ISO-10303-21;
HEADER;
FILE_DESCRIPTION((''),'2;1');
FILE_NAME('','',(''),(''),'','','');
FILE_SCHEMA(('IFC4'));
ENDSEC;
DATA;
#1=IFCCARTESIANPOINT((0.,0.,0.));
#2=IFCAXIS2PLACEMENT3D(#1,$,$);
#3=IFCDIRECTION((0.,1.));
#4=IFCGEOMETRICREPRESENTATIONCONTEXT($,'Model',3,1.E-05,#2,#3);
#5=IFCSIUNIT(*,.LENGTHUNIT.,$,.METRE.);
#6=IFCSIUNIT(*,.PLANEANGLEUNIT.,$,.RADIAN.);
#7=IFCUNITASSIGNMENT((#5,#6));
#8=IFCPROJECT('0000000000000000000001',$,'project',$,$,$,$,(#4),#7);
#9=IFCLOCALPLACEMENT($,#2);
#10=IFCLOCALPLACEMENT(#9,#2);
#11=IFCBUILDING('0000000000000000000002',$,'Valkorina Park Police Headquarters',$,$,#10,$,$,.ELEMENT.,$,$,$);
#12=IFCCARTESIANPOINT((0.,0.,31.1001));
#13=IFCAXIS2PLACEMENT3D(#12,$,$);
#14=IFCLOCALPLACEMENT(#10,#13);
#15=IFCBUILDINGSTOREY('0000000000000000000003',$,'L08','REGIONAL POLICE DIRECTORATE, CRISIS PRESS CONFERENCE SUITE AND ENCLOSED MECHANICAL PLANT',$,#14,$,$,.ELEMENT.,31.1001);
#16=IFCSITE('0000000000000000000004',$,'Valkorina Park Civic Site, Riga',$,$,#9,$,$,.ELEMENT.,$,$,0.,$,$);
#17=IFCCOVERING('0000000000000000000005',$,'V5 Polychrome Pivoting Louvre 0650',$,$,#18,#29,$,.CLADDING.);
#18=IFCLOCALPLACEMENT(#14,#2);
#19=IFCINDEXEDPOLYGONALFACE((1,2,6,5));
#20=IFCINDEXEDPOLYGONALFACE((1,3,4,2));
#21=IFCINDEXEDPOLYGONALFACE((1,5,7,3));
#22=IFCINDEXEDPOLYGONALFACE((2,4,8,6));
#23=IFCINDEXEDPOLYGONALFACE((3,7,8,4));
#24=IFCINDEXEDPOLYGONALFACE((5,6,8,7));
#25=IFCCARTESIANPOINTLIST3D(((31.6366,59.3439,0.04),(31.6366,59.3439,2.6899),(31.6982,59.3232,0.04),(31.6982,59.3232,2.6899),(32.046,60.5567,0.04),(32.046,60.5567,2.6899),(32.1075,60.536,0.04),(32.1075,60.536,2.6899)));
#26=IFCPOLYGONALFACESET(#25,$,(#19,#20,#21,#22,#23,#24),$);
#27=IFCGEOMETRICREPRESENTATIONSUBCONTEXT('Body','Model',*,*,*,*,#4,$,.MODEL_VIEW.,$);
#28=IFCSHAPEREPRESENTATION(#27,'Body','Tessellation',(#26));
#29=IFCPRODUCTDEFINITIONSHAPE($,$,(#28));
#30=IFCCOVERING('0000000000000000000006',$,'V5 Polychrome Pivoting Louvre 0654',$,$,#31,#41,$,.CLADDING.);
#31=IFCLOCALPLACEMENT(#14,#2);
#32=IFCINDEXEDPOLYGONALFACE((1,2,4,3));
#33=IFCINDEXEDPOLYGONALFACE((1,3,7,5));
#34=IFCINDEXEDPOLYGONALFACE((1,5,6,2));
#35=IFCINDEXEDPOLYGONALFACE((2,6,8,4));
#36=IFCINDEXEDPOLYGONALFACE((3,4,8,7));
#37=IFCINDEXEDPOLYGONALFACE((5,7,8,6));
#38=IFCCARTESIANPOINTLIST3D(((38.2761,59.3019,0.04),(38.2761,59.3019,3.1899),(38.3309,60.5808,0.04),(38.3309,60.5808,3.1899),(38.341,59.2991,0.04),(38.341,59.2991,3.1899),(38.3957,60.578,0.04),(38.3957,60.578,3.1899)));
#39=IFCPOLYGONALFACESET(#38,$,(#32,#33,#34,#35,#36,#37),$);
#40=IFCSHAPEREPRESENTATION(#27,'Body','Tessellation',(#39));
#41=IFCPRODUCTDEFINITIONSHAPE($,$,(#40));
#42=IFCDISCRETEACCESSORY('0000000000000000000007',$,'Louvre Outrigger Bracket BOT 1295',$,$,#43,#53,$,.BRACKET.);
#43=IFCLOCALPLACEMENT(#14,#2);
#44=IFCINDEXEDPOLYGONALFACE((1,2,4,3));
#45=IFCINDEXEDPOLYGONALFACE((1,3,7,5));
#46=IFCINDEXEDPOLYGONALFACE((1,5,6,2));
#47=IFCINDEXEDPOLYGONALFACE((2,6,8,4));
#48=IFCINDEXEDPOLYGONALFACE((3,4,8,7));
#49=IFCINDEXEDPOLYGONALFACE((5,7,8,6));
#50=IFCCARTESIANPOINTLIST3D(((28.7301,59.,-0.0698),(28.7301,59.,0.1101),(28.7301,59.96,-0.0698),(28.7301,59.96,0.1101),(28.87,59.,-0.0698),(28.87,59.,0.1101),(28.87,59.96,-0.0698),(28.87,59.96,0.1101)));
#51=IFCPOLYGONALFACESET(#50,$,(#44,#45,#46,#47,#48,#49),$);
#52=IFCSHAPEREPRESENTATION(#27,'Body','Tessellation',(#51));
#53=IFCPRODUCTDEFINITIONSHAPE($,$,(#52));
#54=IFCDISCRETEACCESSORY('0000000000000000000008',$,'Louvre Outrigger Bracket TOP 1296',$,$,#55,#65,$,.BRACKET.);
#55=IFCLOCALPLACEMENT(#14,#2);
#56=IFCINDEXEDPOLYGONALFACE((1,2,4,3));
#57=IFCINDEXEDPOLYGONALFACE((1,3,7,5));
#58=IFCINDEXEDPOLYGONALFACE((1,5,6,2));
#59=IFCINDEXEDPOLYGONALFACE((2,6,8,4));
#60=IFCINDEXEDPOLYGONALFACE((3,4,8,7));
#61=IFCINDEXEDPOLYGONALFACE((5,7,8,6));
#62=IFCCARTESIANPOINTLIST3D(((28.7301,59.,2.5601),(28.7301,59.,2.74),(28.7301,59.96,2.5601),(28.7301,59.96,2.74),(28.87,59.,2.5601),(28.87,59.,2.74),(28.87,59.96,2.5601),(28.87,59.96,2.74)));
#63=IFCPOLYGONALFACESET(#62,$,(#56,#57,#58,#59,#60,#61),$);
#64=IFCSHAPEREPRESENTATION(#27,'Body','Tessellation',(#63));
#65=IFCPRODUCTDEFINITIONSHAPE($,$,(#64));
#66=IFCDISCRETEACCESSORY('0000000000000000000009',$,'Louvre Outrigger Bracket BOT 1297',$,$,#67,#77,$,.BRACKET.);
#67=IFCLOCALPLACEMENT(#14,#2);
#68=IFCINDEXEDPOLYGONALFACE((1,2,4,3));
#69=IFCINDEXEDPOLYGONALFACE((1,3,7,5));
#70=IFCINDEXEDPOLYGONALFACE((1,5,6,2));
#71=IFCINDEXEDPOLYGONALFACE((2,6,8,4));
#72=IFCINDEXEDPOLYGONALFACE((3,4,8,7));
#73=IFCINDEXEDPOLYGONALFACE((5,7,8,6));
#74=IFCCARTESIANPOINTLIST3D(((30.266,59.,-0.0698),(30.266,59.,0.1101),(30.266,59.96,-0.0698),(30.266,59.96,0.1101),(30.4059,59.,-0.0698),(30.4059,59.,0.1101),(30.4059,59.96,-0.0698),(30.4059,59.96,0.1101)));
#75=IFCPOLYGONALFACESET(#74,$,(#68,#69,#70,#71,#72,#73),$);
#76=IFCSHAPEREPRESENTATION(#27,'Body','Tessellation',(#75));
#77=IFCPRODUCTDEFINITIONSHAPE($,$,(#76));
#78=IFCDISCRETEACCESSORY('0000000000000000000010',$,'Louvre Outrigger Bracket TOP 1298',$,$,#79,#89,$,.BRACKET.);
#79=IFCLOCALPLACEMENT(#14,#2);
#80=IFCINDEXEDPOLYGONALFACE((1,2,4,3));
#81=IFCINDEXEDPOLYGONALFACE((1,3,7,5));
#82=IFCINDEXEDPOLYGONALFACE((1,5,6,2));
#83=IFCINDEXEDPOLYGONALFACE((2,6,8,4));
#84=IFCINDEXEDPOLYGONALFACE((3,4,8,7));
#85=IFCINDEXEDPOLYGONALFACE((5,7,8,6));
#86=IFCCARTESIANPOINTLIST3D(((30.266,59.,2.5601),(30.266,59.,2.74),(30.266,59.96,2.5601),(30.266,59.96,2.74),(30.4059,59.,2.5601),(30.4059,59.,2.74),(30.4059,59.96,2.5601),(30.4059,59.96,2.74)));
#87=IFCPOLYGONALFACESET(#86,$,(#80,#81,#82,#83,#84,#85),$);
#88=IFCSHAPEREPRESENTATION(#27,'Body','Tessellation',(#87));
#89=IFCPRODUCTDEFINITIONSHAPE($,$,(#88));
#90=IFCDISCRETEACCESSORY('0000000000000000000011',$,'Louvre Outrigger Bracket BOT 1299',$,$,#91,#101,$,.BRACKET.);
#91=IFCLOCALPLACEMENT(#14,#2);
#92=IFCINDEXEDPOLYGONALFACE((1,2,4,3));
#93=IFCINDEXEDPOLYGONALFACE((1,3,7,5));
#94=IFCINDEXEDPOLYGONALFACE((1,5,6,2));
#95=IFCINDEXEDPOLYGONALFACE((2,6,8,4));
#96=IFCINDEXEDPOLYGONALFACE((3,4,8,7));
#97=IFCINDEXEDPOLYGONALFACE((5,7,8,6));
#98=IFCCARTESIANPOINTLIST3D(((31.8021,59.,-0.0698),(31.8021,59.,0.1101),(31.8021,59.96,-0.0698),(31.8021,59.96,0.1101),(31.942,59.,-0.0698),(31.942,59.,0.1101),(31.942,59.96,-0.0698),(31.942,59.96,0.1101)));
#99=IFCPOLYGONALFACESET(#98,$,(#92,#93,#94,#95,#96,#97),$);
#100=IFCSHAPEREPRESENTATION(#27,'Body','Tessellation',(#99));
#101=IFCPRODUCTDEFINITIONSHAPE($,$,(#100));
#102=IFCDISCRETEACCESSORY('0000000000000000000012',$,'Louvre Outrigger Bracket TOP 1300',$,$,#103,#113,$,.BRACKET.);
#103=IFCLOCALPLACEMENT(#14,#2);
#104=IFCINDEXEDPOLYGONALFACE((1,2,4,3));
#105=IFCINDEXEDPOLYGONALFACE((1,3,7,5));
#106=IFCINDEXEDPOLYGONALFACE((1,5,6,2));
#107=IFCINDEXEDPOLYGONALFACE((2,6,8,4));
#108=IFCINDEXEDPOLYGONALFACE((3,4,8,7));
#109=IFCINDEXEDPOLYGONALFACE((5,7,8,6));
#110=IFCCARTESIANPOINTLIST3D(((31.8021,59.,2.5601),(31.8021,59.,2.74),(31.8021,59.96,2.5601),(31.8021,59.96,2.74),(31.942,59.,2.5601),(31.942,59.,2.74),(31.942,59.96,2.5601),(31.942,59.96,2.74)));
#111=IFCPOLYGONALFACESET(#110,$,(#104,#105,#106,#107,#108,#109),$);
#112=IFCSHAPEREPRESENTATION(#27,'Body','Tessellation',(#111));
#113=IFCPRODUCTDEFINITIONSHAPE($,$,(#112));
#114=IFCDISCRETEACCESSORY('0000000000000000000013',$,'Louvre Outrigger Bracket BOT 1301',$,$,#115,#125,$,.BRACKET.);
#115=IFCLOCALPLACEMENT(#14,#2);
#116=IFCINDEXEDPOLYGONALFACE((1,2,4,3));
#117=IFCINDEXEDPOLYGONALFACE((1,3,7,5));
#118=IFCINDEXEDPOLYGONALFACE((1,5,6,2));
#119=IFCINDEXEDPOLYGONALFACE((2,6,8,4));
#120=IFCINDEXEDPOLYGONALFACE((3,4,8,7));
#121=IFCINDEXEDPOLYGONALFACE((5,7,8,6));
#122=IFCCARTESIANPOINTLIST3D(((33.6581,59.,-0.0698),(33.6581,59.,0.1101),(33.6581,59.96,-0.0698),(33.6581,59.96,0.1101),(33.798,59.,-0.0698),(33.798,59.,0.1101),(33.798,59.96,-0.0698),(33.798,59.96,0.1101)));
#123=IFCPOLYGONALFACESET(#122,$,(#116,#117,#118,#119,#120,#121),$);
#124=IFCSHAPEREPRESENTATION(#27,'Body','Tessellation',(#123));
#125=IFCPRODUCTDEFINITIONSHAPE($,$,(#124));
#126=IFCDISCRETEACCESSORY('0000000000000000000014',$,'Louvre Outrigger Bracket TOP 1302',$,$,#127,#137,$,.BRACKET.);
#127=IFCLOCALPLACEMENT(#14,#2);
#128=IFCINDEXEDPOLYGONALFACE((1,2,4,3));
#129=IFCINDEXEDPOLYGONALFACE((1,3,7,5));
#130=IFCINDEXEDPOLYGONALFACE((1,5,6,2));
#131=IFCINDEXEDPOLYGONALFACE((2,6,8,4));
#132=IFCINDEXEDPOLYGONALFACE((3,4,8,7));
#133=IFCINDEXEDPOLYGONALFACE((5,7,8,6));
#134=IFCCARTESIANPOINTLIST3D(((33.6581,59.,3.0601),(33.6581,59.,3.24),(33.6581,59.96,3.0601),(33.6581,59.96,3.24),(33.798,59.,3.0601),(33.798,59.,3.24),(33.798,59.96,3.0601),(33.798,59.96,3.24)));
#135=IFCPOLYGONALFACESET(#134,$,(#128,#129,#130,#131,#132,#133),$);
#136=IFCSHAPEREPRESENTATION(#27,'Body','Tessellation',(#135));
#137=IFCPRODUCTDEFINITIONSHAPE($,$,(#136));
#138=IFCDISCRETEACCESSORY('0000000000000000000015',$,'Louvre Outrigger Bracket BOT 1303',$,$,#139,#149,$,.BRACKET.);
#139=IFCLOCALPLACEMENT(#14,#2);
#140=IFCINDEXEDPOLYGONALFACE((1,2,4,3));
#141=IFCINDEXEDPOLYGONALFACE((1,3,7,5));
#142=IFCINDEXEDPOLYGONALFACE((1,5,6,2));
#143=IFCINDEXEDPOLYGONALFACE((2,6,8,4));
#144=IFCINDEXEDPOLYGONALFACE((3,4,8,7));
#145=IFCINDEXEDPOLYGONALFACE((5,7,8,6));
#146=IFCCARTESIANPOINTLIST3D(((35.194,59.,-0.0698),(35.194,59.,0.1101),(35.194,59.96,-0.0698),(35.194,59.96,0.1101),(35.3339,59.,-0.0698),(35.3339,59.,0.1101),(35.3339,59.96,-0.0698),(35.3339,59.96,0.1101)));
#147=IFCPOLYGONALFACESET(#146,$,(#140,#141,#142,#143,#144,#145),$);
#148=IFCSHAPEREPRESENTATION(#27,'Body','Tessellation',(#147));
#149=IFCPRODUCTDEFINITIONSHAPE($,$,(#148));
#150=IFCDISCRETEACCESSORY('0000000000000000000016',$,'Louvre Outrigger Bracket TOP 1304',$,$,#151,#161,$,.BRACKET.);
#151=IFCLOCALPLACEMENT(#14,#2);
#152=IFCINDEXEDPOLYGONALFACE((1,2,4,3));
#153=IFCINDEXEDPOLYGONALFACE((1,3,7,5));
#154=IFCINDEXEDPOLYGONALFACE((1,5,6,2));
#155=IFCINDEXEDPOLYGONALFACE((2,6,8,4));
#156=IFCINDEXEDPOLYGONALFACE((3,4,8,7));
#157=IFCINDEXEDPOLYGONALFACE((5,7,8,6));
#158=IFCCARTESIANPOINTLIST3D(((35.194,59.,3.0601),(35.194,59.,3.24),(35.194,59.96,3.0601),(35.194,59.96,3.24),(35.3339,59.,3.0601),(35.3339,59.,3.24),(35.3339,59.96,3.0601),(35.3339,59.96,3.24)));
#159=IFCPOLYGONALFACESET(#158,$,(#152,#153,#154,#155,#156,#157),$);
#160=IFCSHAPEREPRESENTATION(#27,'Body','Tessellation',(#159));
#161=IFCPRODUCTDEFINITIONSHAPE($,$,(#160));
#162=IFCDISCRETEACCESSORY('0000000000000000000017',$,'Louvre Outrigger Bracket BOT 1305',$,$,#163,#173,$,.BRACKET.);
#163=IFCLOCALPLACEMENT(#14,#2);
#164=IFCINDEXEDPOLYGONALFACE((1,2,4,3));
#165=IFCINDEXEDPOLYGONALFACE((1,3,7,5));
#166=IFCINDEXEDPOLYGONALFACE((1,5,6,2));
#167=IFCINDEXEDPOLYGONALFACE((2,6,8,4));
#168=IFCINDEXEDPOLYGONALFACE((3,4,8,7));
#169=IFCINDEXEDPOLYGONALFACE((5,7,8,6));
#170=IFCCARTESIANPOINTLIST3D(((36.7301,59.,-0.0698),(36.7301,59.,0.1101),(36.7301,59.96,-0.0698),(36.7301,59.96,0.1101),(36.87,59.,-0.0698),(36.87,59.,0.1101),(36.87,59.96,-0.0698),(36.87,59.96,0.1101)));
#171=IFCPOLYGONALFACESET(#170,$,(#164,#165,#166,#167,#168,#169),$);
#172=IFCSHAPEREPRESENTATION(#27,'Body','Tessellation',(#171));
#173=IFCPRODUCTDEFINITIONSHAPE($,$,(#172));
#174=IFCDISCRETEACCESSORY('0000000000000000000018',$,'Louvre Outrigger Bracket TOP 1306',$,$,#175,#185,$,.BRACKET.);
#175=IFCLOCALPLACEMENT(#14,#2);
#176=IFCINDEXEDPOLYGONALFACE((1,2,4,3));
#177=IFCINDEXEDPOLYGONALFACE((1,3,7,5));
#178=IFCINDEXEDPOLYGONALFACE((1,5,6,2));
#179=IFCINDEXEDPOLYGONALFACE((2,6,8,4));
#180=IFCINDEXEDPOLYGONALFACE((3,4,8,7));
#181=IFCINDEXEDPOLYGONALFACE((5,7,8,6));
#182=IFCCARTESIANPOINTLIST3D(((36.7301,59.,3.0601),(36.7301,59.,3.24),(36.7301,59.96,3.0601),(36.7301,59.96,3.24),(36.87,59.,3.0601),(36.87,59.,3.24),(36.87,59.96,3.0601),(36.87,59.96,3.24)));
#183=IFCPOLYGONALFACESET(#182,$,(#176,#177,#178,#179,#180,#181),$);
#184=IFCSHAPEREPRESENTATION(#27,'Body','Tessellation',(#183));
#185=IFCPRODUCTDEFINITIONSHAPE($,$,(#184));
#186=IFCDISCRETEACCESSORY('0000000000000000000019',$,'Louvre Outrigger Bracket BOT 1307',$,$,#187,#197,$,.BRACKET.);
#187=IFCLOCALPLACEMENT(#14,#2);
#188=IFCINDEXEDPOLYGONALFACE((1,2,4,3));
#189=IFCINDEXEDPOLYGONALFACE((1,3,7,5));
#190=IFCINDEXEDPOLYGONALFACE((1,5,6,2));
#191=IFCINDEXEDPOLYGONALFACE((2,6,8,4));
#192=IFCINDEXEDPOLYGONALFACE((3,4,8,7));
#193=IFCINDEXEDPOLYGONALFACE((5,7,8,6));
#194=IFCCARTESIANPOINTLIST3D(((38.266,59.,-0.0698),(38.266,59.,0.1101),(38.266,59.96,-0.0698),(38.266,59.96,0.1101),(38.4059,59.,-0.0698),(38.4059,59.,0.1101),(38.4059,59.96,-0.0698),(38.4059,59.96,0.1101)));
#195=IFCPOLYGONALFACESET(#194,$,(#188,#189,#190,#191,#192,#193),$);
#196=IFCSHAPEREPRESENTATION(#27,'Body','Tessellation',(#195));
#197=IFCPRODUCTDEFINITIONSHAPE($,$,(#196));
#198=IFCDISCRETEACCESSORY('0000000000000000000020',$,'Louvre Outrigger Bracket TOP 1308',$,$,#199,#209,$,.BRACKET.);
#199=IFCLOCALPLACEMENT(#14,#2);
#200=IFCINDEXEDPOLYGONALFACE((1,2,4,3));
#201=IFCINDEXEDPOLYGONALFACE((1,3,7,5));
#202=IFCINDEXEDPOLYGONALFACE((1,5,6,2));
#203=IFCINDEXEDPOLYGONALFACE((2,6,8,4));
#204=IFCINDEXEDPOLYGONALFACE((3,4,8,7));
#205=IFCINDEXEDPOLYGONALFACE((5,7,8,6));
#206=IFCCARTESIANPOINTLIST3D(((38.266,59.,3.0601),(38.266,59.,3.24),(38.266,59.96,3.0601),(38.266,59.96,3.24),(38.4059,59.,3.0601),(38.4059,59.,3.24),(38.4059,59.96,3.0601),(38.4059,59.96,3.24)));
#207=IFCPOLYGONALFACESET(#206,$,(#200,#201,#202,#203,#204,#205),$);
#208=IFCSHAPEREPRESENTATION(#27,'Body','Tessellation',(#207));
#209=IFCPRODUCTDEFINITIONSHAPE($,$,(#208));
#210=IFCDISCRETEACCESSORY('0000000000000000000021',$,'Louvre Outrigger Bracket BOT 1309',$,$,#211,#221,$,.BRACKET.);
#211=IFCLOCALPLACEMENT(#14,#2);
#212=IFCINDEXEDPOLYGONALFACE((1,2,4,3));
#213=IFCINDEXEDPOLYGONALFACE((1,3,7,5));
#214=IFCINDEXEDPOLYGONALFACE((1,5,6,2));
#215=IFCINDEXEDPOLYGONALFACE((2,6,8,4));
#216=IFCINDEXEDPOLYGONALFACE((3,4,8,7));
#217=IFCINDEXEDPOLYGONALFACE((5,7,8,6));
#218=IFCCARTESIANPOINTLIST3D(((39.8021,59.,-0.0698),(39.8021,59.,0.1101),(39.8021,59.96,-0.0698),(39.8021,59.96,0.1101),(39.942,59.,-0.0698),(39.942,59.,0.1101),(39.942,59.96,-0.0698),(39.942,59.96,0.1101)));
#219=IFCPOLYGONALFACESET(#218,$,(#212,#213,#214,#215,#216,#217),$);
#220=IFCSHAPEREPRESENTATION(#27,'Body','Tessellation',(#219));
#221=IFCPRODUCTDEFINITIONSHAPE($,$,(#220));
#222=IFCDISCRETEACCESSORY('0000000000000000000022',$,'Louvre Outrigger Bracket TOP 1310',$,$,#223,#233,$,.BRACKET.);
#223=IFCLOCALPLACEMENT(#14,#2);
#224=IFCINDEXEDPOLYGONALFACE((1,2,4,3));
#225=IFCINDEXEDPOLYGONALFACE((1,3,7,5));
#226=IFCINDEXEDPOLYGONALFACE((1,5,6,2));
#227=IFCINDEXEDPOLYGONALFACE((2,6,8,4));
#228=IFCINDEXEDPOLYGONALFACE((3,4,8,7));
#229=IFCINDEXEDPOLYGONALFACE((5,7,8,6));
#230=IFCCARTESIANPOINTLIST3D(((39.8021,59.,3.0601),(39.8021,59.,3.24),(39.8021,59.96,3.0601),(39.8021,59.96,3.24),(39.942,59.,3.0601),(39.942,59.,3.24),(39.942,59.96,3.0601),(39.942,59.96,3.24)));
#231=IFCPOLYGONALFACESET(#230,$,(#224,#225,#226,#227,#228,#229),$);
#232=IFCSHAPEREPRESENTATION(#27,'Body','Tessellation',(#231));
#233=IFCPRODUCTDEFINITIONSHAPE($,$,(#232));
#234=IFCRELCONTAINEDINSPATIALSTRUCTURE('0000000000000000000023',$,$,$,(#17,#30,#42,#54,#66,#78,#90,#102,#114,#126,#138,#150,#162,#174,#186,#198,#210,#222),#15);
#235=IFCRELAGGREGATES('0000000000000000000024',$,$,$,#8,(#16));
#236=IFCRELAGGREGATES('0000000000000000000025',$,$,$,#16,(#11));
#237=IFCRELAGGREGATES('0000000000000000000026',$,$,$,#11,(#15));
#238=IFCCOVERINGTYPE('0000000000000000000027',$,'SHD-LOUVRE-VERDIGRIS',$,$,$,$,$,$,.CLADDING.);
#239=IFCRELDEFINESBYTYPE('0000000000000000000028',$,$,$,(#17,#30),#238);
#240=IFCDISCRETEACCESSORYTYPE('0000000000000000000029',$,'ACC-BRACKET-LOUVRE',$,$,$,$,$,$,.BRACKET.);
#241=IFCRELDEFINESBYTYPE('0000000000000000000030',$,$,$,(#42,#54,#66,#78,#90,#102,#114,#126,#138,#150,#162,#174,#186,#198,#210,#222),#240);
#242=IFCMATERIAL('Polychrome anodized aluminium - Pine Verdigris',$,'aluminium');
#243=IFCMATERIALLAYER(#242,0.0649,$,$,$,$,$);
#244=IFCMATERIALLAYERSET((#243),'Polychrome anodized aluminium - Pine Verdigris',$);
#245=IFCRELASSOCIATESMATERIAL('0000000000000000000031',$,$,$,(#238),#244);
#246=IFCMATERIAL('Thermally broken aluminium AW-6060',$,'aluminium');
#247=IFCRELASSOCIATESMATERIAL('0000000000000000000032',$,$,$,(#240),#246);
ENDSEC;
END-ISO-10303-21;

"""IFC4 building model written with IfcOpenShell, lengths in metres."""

from ifc_helpers import new_model, si_unit, direction, frame, origin, origin_2d, place, context, subcontext, project, spatial, rectangle, extrude, material, layer, layer_set, type_object, element, save


model = new_model("IFC4")

# Units and contexts
model_context = context("Model", 3, precision=1e-05, world=origin(), true_north=direction((0.0, 1.0)))
body_context = subcontext(model_context, "Body", "Model", "MODEL_VIEW")
ifc_project = project(units=[si_unit("LENGTHUNIT", "METRE"), si_unit("PLANEANGLEUNIT", "RADIAN")], contexts=[model_context])

# Site, building, storey
site_placement = place(None, origin())
site = spatial("IfcSite", under=ifc_project, at=site_placement, Name="Valkorina Park Civic Site, Riga", CompositionType="ELEMENT", RefElevation=0.0)
building_placement = place(site_placement, origin())
building = spatial("IfcBuilding", under=site, at=building_placement, Name="Valkorina Park Police Headquarters", CompositionType="ELEMENT")
storey_placement = place(building_placement, frame((0.0, 0.0, 31.1001)))
storey = spatial("IfcBuildingStorey", under=building, at=storey_placement, Name="L08", Description="REGIONAL POLICE DIRECTORATE, CRISIS PRESS CONFERENCE SUITE AND ENCLOSED MECHANICAL PLANT", CompositionType="ELEMENT", Elevation=31.1001)

# Shared definitions
ifc_material_1 = material(Name="Thermally broken aluminium AW-6060", Category="aluminium")

# Coverings
ifc_material_2 = material(Name="Polychrome anodized aluminium - Pine Verdigris", Category="aluminium")
ifc_layer_1 = layer(ifc_material_2, 0.0649)
ifc_layer_set_1 = layer_set([ifc_layer_1], Name="Polychrome anodized aluminium - Pine Verdigris")
covering_type_1 = type_object("IfcCoveringType", Name="SHD-LOUVRE-VERDIGRIS", PredefinedType="CLADDING", material=ifc_layer_set_1)
covering_1_placement = place(storey_placement, frame((31.8721, 59.9399, 0.04), z_axis=(0.0, 0.0, 1.0), x_axis=(0.319786, 0.94749, 0.0)))
element("IfcCovering", 1, at=covering_1_placement, inside=storey, type_object=covering_type_1, Name="V5 Polychrome Pivoting Louvre 0650", PredefinedType="CLADDING", context=body_context, shape_type="SweptSolid", body=[
    extrude(rectangle(XDim=1.28, YDim=0.0649, at=origin_2d()), origin(), (0.0, 0.0, 1.0), 2.6499),
])
covering_2_placement = place(storey_placement, frame((38.3359, 59.9399, 0.04), z_axis=(0.0, 0.0, 1.0), x_axis=(0.042748, 0.999086, 0.0)))
element("IfcCovering", 2, at=covering_2_placement, inside=storey, type_object=covering_type_1, Name="V5 Polychrome Pivoting Louvre 0654", PredefinedType="CLADDING", context=body_context, shape_type="SweptSolid", body=[
    extrude(rectangle(XDim=1.28, YDim=0.0649, at=origin_2d()), origin(), (0.0, 0.0, 1.0), 3.1499),
])

# Discrete accessories
discrete_accessory_type = type_object("IfcDiscreteAccessoryType", Name="ACC-BRACKET-LOUVRE", PredefinedType="BRACKET", material=ifc_material_1)
for number, where, z_axis, x_axis, name in (
    (3, (28.8, 59.48, -0.0698), (0.0, 0.0, 1.0), (0.0, 1.0, 0.0), "Louvre Outrigger Bracket BOT 1295"),
    (4, (28.8, 59.48, 2.5601), (0.0, 0.0, 1.0), (0.0, 1.0, 0.0), "Louvre Outrigger Bracket TOP 1296"),
    (5, (30.3359, 59.48, -0.0698), (0.0, 0.0, 1.0), (0.0, 1.0, 0.0), "Louvre Outrigger Bracket BOT 1297"),
    (6, (30.3359, 59.48, 2.5601), (0.0, 0.0, 1.0), (0.0, 1.0, 0.0), "Louvre Outrigger Bracket TOP 1298"),
    (7, (31.8721, 59.48, -0.0698), (0.0, 0.0, 1.0), (0.0, 1.0, 0.0), "Louvre Outrigger Bracket BOT 1299"),
    (8, (31.8721, 59.48, 2.5601), (0.0, 0.0, 1.0), (0.0, 1.0, 0.0), "Louvre Outrigger Bracket TOP 1300"),
    (9, (33.728, 59.48, -0.0698), (0.0, 0.0, 1.0), (0.0, 1.0, 0.0), "Louvre Outrigger Bracket BOT 1301"),
    (10, (33.728, 59.48, 3.0601), (0.0, 0.0, 1.0), (0.0, 1.0, 0.0), "Louvre Outrigger Bracket TOP 1302"),
    (11, (35.2639, 59.48, -0.0698), (0.0, 0.0, 1.0), (0.0, 1.0, 0.0), "Louvre Outrigger Bracket BOT 1303"),
    (12, (35.2639, 59.48, 3.0601), (0.0, 0.0, 1.0), (0.0, 1.0, 0.0), "Louvre Outrigger Bracket TOP 1304"),
    (13, (36.8, 59.48, -0.0698), (0.0, 0.0, 1.0), (0.0, 1.0, 0.0), "Louvre Outrigger Bracket BOT 1305"),
    (14, (36.8, 59.48, 3.0601), (0.0, 0.0, 1.0), (0.0, 1.0, 0.0), "Louvre Outrigger Bracket TOP 1306"),
    (15, (38.3359, 59.48, -0.0698), (0.0, 0.0, 1.0), (0.0, 1.0, 0.0), "Louvre Outrigger Bracket BOT 1307"),
    (16, (38.3359, 59.48, 3.0601), (0.0, 0.0, 1.0), (0.0, 1.0, 0.0), "Louvre Outrigger Bracket TOP 1308"),
    (17, (39.8721, 59.48, -0.0698), (0.0, 0.0, 1.0), (0.0, 1.0, 0.0), "Louvre Outrigger Bracket BOT 1309"),
    (18, (39.8721, 59.48, 3.0601), (0.0, 0.0, 1.0), (0.0, 1.0, 0.0), "Louvre Outrigger Bracket TOP 1310"),
):
    element("IfcDiscreteAccessory", number, at=place(storey_placement, frame(where, z_axis=z_axis, x_axis=x_axis)), inside=storey, type_object=discrete_accessory_type, Name=name, PredefinedType="BRACKET", context=body_context, shape_type="SweptSolid", body=[
        extrude(rectangle(XDim=0.96, YDim=0.1399, at=origin_2d()), origin(), (0.0, 0.0, 1.0), 0.1799),
    ])

save(model, "model.ifc")
